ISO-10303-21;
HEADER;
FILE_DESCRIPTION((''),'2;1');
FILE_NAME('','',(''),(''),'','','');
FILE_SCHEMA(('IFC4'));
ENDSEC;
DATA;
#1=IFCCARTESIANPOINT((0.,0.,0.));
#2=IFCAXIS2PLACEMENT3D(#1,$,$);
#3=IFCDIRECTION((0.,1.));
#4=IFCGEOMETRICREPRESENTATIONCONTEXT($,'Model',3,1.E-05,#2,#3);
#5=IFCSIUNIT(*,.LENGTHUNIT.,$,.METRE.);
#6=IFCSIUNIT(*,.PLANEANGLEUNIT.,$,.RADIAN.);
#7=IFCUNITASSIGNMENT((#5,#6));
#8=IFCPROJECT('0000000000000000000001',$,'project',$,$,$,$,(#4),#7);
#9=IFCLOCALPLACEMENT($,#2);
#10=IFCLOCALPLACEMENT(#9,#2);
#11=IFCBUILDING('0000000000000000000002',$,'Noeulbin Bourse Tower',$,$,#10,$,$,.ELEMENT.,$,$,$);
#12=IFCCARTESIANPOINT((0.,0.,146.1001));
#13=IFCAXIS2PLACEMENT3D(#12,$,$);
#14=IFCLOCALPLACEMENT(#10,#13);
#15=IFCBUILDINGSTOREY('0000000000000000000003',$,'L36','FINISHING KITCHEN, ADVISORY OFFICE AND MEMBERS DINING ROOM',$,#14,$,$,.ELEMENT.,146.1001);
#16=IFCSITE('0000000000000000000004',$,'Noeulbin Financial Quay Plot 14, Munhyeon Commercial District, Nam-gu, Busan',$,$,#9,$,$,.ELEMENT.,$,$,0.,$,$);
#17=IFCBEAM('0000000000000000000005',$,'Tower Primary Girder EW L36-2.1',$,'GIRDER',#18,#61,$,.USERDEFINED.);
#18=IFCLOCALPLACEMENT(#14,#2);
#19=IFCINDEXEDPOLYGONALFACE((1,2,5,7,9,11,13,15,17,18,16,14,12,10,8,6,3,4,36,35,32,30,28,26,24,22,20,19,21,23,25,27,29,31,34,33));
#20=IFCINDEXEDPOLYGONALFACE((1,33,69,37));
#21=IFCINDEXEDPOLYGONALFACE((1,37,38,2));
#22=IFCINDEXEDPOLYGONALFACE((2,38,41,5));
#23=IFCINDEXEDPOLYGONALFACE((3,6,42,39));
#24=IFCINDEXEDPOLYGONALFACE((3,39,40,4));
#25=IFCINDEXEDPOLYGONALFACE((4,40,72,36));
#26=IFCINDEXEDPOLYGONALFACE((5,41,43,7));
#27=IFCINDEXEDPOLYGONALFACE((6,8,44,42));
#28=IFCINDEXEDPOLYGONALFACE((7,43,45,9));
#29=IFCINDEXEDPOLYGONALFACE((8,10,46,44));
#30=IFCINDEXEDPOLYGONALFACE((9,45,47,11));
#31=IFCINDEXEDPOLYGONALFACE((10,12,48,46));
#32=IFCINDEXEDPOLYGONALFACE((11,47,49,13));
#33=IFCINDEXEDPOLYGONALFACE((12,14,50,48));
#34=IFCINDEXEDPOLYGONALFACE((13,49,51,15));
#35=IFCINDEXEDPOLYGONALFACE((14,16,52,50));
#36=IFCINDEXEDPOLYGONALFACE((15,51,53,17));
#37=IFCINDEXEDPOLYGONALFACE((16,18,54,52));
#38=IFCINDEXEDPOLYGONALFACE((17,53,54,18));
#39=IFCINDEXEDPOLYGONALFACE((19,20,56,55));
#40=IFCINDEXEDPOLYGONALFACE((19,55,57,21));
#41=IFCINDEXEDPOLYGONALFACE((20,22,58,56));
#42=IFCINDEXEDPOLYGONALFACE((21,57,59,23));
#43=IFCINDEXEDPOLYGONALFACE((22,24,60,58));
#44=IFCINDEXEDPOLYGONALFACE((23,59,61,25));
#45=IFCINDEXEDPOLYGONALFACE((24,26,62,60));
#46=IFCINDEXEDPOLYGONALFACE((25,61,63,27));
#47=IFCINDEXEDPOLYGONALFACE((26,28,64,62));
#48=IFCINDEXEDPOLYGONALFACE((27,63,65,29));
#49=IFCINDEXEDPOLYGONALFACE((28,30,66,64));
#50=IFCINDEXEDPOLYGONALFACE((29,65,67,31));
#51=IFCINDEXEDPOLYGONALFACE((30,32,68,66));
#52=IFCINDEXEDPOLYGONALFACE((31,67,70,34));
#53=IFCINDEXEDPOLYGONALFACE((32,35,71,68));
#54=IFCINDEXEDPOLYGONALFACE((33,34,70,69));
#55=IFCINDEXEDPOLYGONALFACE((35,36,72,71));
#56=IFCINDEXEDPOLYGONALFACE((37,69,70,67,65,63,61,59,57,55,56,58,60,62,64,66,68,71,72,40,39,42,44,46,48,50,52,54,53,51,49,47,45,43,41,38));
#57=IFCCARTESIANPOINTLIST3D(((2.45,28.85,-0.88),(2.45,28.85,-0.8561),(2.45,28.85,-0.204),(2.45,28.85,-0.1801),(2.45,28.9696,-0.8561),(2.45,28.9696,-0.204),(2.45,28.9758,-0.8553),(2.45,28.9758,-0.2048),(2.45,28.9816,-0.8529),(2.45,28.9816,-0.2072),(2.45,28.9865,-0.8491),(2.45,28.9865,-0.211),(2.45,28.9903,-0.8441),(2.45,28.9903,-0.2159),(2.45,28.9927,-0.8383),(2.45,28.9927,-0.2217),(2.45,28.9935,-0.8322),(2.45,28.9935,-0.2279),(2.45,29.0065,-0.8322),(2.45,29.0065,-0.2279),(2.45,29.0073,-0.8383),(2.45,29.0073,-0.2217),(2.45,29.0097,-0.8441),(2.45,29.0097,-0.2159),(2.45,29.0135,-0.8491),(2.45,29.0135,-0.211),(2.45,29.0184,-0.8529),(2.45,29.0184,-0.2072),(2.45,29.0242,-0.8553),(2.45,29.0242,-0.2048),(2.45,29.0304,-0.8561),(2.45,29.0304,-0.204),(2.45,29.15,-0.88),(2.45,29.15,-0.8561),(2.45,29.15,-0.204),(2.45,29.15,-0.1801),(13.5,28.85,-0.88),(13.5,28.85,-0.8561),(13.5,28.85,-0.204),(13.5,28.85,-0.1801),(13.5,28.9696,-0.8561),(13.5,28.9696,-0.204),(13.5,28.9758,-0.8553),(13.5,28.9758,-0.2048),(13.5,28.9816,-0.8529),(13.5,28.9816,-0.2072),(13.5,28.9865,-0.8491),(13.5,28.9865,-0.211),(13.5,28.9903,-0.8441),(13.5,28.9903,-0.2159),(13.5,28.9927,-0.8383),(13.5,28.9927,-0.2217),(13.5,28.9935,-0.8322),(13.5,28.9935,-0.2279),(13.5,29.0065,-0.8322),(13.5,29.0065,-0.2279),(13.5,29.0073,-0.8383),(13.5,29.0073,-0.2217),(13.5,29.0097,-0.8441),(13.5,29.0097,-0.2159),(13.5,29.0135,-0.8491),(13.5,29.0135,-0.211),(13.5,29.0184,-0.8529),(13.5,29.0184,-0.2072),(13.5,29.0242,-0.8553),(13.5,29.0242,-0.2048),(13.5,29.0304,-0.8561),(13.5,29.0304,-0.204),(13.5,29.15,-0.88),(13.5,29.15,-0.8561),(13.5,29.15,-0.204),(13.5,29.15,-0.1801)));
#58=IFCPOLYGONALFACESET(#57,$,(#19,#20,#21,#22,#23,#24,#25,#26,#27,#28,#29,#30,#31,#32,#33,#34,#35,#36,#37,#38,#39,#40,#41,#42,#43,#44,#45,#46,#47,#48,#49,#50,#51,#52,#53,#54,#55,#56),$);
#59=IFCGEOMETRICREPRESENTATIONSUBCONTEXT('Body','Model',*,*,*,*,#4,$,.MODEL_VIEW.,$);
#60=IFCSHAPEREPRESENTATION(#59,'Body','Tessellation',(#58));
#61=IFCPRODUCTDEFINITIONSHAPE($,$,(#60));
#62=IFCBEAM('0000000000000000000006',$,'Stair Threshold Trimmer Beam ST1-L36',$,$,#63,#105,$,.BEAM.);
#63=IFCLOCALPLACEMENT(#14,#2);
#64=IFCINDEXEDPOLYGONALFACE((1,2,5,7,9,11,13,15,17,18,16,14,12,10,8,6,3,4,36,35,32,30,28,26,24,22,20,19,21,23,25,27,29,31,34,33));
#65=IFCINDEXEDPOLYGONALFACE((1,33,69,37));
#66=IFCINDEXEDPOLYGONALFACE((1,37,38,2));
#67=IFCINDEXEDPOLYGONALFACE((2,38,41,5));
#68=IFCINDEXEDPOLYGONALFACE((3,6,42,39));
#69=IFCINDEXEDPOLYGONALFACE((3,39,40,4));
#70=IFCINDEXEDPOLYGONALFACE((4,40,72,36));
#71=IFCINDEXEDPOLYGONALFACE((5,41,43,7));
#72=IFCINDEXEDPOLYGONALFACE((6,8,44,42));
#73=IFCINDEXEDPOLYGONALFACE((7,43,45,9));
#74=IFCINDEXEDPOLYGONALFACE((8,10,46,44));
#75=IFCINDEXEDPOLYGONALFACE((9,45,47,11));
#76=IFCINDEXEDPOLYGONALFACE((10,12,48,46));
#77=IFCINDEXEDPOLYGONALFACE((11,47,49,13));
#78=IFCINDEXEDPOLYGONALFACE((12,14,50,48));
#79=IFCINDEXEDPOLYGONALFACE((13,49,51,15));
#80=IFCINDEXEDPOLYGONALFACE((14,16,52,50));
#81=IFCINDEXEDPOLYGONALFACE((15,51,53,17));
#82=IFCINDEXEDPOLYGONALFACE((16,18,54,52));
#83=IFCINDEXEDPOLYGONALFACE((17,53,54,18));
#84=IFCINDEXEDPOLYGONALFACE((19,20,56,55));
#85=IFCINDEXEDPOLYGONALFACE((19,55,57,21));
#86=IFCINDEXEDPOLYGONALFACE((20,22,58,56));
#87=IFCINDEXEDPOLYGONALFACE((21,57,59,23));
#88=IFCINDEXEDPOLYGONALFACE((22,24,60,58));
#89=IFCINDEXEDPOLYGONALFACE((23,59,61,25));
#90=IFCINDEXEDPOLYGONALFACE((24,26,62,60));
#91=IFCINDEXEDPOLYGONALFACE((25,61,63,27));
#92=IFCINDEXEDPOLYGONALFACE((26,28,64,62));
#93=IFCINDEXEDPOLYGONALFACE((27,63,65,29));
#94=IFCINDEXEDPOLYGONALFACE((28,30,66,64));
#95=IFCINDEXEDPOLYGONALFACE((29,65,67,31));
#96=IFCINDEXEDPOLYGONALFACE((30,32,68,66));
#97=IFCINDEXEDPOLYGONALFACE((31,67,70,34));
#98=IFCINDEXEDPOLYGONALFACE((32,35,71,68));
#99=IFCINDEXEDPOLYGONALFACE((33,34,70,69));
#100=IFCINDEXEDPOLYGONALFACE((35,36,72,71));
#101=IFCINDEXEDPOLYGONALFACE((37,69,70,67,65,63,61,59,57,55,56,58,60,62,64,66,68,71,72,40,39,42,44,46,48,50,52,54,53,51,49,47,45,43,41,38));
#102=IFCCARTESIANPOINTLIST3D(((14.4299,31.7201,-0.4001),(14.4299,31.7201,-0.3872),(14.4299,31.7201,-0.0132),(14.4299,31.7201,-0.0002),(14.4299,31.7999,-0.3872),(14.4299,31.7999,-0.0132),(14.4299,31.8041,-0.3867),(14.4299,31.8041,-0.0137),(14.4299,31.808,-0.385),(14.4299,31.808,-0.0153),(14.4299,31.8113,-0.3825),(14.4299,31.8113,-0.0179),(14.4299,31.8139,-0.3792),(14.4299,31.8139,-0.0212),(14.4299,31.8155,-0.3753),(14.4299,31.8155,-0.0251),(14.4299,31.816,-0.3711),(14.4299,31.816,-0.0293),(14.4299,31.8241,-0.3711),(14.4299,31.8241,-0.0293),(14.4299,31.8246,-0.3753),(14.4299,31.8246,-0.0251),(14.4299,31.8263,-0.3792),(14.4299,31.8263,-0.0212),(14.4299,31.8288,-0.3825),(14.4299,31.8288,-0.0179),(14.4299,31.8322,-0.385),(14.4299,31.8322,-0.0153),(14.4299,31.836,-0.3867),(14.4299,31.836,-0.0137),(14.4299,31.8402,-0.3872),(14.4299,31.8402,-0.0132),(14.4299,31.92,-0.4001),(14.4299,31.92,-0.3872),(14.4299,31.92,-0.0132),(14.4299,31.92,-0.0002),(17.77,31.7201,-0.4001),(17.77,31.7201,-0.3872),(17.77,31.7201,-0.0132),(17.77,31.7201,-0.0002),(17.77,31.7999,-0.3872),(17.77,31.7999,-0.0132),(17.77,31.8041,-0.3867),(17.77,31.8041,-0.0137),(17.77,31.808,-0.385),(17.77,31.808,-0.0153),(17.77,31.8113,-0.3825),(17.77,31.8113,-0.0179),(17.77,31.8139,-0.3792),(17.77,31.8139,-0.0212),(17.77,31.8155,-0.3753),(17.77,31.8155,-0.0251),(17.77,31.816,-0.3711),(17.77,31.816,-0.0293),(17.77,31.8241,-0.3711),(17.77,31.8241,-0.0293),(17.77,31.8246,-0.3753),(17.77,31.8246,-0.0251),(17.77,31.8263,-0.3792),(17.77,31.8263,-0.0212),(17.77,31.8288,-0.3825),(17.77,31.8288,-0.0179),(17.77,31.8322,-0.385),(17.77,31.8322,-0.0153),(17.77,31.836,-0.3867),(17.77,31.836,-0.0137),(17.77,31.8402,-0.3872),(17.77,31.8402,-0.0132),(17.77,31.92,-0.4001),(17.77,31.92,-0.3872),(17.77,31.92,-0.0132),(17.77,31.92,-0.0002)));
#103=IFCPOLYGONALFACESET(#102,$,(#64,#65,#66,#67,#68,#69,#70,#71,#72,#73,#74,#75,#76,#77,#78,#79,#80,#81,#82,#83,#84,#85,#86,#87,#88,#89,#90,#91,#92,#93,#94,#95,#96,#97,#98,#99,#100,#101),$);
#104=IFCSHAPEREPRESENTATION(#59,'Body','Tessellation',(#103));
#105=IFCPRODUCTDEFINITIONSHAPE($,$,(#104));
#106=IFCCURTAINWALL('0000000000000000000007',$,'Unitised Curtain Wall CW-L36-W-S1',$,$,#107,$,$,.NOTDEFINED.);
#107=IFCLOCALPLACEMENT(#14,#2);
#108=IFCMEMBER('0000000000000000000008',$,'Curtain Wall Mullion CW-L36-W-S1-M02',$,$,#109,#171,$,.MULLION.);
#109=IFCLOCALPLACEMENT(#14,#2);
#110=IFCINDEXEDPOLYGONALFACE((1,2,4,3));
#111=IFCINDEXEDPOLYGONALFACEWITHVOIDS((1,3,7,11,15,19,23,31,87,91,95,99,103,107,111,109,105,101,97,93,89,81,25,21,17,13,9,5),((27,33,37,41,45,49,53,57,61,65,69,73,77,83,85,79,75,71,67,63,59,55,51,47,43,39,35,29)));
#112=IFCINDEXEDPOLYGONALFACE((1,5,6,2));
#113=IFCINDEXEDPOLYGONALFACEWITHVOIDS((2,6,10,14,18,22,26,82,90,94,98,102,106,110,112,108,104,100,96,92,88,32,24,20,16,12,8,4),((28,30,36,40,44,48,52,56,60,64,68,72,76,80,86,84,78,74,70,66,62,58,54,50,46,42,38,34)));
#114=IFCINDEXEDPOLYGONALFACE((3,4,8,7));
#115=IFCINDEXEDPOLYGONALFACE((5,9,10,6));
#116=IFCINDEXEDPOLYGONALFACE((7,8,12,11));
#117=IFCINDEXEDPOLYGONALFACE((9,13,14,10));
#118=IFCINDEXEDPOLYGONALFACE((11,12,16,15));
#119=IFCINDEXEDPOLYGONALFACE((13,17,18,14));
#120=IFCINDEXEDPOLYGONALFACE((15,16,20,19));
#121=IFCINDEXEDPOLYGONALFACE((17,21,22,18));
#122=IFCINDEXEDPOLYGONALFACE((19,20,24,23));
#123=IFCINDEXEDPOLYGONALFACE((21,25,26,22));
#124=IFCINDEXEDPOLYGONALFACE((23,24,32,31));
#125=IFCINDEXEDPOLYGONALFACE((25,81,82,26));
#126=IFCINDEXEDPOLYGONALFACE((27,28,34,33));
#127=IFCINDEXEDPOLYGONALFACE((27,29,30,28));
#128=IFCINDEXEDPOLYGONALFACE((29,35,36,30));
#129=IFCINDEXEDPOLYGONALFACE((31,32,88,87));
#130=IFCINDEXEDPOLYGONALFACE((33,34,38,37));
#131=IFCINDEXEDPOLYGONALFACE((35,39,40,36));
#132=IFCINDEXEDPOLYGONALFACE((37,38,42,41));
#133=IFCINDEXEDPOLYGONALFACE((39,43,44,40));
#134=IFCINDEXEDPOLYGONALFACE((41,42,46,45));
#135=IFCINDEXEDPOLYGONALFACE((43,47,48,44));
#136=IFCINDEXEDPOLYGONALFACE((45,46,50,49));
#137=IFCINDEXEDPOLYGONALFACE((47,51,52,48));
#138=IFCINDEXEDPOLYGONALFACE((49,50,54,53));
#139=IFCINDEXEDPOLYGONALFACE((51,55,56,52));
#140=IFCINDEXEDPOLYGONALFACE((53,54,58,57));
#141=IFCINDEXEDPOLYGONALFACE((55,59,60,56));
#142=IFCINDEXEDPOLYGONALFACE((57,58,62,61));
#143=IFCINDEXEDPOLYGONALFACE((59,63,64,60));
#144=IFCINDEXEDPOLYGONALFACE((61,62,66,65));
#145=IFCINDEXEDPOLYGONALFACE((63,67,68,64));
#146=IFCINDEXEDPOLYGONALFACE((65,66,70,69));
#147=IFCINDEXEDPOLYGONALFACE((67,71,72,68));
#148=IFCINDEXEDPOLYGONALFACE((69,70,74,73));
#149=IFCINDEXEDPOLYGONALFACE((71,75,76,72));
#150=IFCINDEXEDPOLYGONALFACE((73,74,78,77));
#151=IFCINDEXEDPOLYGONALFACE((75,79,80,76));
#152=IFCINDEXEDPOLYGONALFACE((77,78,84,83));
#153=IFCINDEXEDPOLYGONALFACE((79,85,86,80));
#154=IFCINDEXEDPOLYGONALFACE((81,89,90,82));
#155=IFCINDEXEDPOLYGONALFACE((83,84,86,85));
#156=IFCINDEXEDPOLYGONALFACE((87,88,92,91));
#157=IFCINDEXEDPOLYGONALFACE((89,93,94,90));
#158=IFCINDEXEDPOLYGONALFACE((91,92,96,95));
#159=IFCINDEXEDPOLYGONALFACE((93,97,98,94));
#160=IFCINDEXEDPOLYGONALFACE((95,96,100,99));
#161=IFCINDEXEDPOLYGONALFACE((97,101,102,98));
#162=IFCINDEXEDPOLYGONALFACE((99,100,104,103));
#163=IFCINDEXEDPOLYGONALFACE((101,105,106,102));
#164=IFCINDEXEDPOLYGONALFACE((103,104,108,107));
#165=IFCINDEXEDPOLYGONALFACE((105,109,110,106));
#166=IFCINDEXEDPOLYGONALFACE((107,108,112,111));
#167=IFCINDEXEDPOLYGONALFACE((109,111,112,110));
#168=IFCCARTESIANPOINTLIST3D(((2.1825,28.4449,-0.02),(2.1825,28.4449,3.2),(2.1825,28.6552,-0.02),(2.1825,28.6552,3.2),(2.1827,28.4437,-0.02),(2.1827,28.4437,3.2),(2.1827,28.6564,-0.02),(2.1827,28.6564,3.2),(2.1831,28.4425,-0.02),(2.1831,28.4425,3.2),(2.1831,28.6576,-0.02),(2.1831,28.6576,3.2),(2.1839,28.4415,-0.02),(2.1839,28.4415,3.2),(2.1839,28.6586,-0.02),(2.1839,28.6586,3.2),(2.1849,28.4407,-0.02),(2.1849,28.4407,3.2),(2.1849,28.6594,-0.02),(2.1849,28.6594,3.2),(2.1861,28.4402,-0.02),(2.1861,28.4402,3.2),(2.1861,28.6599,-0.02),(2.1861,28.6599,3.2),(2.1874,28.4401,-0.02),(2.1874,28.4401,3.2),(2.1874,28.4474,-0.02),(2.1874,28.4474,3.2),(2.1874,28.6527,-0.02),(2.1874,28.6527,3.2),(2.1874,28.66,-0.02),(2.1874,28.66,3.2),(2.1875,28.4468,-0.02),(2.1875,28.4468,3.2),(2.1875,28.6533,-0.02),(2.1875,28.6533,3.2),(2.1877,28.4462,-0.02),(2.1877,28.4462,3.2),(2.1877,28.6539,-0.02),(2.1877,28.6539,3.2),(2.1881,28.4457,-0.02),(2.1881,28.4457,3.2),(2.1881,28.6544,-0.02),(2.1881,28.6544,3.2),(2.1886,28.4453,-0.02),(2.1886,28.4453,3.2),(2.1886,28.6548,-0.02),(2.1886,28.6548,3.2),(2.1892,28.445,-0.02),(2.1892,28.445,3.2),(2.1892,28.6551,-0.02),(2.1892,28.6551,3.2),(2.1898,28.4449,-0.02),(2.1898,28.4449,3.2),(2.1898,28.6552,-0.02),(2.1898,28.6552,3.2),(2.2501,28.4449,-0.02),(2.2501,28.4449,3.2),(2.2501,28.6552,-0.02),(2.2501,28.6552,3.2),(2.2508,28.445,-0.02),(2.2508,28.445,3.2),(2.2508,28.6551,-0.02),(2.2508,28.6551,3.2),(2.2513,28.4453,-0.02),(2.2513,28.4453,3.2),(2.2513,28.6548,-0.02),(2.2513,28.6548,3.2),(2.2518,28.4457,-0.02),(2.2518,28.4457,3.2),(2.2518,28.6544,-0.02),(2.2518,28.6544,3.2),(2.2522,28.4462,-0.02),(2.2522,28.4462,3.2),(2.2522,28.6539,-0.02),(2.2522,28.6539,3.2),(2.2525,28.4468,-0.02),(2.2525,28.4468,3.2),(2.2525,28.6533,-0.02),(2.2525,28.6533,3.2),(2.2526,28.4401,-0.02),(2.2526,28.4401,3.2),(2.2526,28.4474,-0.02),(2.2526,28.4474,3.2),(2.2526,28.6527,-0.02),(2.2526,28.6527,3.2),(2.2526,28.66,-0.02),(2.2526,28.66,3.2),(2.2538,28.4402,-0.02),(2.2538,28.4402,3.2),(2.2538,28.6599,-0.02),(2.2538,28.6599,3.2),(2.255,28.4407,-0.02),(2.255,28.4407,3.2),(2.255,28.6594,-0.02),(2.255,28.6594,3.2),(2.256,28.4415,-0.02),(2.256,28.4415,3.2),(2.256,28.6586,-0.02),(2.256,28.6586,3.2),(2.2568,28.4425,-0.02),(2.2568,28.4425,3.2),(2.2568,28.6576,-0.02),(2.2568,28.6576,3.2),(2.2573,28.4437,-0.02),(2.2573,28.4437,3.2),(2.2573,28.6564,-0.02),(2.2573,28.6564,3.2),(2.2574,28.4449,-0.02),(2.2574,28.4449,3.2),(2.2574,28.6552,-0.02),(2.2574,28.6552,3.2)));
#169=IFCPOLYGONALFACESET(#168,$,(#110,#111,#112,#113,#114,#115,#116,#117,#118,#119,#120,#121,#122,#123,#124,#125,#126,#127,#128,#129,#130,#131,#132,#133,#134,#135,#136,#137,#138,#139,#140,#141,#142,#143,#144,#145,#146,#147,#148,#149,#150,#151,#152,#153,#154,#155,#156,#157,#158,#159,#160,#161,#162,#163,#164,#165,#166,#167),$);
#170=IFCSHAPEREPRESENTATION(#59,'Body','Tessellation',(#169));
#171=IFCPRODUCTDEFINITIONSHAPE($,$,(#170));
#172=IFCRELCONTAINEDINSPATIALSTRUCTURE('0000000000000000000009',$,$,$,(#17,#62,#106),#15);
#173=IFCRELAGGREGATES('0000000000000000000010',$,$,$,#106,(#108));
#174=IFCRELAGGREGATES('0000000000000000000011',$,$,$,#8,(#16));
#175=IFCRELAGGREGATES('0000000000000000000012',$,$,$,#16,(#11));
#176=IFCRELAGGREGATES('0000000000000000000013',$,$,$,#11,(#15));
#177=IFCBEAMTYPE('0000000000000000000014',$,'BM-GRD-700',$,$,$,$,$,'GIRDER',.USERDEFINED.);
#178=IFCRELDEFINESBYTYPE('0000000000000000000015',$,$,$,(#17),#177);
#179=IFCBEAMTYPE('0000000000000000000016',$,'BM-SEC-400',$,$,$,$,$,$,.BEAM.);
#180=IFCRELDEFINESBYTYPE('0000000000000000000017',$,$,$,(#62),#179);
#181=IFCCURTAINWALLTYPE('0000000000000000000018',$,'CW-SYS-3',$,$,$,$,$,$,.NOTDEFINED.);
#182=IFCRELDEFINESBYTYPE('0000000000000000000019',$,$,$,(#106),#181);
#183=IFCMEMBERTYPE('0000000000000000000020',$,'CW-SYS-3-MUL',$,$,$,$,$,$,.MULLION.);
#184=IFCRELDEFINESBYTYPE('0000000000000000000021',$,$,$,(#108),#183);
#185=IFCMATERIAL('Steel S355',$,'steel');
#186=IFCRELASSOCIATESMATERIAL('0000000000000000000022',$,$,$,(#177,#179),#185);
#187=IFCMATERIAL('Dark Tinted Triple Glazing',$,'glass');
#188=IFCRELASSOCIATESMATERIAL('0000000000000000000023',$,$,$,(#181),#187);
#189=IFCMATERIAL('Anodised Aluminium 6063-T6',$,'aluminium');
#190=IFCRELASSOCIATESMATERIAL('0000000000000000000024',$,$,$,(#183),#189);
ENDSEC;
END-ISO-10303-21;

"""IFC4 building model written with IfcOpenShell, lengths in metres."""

from ifc_helpers import new_model, si_unit, direction, frame, origin, origin_2d, place, context, subcontext, project, spatial, hollow_rectangle, i_section, extrude, material, material_profile, profile_set, type_object, element, aggregate, save


model = new_model("IFC4")

# Units and contexts
model_context = context("Model", 3, precision=1e-05, world=origin(), true_north=direction((0.0, 1.0)))
body_context = subcontext(model_context, "Body", "Model", "MODEL_VIEW")
ifc_project = project(units=[si_unit("LENGTHUNIT", "METRE"), si_unit("PLANEANGLEUNIT", "RADIAN")], contexts=[model_context])

# Site, building, storey
site_placement = place(None, origin())
site = spatial("IfcSite", under=ifc_project, at=site_placement, Name="Noeulbin Financial Quay Plot 14, Munhyeon Commercial District, Nam-gu, Busan", CompositionType="ELEMENT", RefElevation=0.0)
building_placement = place(site_placement, origin())
building = spatial("IfcBuilding", under=site, at=building_placement, Name="Noeulbin Bourse Tower", CompositionType="ELEMENT")
storey_placement = place(building_placement, frame((0.0, 0.0, 146.1001)))
storey = spatial("IfcBuildingStorey", under=building, at=storey_placement, Name="L36", Description="FINISHING KITCHEN, ADVISORY OFFICE AND MEMBERS DINING ROOM", CompositionType="ELEMENT", Elevation=146.1001)

# Shared definitions
ifc_material_1 = material(Name="Steel S355", Category="steel")

# Beams
ifc_material_profile_1 = material_profile(ifc_material_1, i_section(OverallWidth=0.3, OverallDepth=0.7, WebThickness=0.0129, FlangeThickness=0.0239, FilletRadius=0.0239, at=origin_2d()), Name="H-700x300x13x24", Category="LoadBearing")
ifc_profile_set_1 = profile_set([ifc_material_profile_1], Name="Steel S355")
beam_type_1 = type_object("IfcBeamType", Name="BM-GRD-700", ElementType="GIRDER", PredefinedType="USERDEFINED", material=ifc_profile_set_1)
beam_1_placement = place(storey_placement, frame((2.45, 29.0, -0.53), z_axis=(1.0, 0.0, 0.0), x_axis=(0.0, 1.0, 0.0)))
element("IfcBeam", 1, at=beam_1_placement, inside=storey, type_object=beam_type_1, Name="Tower Primary Girder EW L36-2.1", ObjectType="GIRDER", PredefinedType="USERDEFINED", context=body_context, shape_type="SweptSolid", body=[
    extrude(i_section(OverallWidth=0.3, OverallDepth=0.7, WebThickness=0.0129, FlangeThickness=0.0239, FilletRadius=0.0239, at=origin_2d()), origin(), (0.0, 0.0, 1.0), 11.05),
])
ifc_material_profile_2 = material_profile(ifc_material_1, i_section(OverallWidth=0.2, OverallDepth=0.3999, WebThickness=0.0081, FlangeThickness=0.0129, FilletRadius=0.0161, at=origin_2d()), Name="H-400x200x8x13", Category="LoadBearing")
ifc_profile_set_2 = profile_set([ifc_material_profile_2], Name="Steel S355")
beam_type_2 = type_object("IfcBeamType", Name="BM-SEC-400", PredefinedType="BEAM", material=ifc_profile_set_2)
beam_2_placement = place(storey_placement, frame((14.4299, 31.8201, -0.2002), z_axis=(1.0, 0.0, 0.0), x_axis=(0.0, 1.0, 0.0)))
element("IfcBeam", 2, at=beam_2_placement, inside=storey, type_object=beam_type_2, Name="Stair Threshold Trimmer Beam ST1-L36", PredefinedType="BEAM", context=body_context, shape_type="SweptSolid", body=[
    extrude(i_section(OverallWidth=0.2, OverallDepth=0.3999, WebThickness=0.0081, FlangeThickness=0.0129, FilletRadius=0.0161, at=origin_2d()), origin(), (0.0, 0.0, 1.0), 3.3401),
])

# Curtain wall, member
ifc_material_2 = material(Name="Dark Tinted Triple Glazing", Category="glass")
curtain_wall_type = type_object("IfcCurtainWallType", Name="CW-SYS-3", PredefinedType="NOTDEFINED", material=ifc_material_2)
curtain_wall_1_placement = place(storey_placement, origin())
curtain_wall_1 = element("IfcCurtainWall", 3, at=curtain_wall_1_placement, inside=storey, type_object=curtain_wall_type, Name="Unitised Curtain Wall CW-L36-W-S1", PredefinedType="NOTDEFINED")
ifc_material_3 = material(Name="Anodised Aluminium 6063-T6", Category="aluminium")
ifc_material_profile_3 = material_profile(ifc_material_3, hollow_rectangle(XDim=0.075, YDim=0.22, WallThickness=0.0049, InnerFilletRadius=0.0024, OuterFilletRadius=0.0049, at=origin_2d()), Name="ALU-MULL-75x220x5", Category="LoadBearing")
ifc_profile_set_3 = profile_set([ifc_material_profile_3], Name="Anodised Aluminium 6063-T6")
member_type_1 = type_object("IfcMemberType", Name="CW-SYS-3-MUL", PredefinedType="MULLION", material=ifc_profile_set_3)
member_1_placement = place(storey_placement, frame((2.22, 28.55, -0.02), z_axis=(0.0, 0.0, 1.0), x_axis=(1.0, 0.0, 0.0)))
member_1 = element("IfcMember", 4, at=member_1_placement, type_object=member_type_1, Name="Curtain Wall Mullion CW-L36-W-S1-M02", PredefinedType="MULLION", context=body_context, shape_type="SweptSolid", body=[
    extrude(hollow_rectangle(XDim=0.075, YDim=0.22, WallThickness=0.0049, InnerFilletRadius=0.0024, OuterFilletRadius=0.0049, at=origin_2d()), origin(), (0.0, 0.0, 1.0), 3.22),
])
aggregate(curtain_wall_1, [member_1])

save(model, "model.ifc")
